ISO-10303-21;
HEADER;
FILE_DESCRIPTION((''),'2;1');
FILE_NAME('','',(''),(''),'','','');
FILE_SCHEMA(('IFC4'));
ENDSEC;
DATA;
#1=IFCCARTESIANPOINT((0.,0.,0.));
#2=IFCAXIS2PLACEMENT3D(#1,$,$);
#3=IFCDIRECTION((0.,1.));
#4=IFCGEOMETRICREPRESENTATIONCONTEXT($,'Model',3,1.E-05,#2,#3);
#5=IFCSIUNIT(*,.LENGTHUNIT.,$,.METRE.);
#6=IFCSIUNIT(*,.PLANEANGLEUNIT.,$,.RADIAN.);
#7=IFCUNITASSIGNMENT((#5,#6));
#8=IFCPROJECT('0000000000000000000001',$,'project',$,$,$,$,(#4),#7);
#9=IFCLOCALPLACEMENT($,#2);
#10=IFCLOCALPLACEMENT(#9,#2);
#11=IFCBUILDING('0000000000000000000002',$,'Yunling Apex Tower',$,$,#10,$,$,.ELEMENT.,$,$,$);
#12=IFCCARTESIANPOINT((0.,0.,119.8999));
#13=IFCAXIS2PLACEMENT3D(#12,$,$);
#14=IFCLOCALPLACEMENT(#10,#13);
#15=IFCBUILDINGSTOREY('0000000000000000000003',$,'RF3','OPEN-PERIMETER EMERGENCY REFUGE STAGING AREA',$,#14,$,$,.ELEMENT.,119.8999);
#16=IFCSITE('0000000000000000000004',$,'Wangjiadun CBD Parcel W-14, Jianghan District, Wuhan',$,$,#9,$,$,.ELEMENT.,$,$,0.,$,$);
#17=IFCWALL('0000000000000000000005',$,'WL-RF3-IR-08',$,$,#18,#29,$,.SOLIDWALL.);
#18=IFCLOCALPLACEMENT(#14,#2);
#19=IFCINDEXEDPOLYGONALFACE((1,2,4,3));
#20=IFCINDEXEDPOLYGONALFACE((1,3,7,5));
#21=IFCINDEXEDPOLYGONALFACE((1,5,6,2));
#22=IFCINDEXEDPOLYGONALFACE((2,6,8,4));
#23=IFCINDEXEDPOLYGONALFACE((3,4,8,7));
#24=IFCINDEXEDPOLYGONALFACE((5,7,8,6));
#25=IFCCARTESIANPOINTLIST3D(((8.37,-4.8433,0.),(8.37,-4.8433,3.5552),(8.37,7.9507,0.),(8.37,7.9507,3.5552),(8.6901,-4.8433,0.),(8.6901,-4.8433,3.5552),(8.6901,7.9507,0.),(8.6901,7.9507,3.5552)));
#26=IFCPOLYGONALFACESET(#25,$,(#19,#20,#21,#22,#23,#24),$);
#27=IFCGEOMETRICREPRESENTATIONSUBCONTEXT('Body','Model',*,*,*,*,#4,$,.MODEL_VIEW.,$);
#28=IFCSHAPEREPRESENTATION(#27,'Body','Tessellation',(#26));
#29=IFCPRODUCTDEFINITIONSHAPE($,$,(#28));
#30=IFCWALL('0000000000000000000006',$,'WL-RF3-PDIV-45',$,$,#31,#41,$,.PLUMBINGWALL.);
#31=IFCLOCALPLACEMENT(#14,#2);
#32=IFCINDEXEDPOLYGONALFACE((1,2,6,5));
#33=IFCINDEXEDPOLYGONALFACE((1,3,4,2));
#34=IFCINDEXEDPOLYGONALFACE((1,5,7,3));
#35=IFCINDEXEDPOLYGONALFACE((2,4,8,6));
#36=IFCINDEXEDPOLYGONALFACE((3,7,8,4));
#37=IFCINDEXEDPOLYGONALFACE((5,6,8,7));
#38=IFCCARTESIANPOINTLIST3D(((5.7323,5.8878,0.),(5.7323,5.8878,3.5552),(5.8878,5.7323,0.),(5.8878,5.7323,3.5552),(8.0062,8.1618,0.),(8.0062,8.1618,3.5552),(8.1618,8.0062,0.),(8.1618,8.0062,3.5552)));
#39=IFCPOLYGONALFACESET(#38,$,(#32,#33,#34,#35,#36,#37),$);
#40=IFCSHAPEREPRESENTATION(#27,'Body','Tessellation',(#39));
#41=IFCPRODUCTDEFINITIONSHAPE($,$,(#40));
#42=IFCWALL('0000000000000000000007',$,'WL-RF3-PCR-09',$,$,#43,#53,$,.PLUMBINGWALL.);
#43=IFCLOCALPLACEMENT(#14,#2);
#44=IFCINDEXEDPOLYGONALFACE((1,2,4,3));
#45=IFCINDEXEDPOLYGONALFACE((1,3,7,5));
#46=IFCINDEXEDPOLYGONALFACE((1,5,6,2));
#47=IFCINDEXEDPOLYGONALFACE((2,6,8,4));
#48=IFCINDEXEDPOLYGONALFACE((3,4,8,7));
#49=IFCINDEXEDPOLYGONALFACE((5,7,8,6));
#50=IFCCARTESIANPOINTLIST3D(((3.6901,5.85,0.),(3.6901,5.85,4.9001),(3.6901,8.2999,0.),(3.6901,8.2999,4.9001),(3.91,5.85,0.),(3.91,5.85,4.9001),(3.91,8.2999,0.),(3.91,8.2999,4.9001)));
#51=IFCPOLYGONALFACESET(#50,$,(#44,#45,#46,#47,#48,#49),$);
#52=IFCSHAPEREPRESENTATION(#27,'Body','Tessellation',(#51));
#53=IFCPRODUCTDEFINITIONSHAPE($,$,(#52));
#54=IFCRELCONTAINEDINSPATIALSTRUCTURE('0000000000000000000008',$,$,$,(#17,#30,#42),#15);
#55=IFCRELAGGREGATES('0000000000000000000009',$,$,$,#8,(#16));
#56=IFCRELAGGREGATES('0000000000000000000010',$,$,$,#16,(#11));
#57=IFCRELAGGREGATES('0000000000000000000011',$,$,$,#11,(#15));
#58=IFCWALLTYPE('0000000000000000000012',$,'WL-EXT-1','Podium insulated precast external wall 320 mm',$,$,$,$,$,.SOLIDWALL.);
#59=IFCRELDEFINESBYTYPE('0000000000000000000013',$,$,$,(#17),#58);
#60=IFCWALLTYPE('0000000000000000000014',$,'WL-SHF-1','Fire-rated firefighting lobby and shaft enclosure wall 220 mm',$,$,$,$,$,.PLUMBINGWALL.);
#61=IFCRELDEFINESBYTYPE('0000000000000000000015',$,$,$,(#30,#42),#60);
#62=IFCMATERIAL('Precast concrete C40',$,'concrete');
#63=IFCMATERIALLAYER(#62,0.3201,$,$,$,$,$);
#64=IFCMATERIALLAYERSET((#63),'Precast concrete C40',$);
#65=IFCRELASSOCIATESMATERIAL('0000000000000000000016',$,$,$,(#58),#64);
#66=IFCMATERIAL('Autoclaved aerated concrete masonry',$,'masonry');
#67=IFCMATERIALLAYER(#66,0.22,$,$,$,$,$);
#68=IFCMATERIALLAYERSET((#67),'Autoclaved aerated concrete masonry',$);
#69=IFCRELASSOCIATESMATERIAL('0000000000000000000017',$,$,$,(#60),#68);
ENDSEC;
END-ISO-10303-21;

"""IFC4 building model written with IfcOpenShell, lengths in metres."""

from ifc_helpers import new_model, si_unit, direction, frame, frame_2d, origin, place, context, subcontext, project, spatial, rectangle, extrude, material, layer, layer_set, type_object, element, save


model = new_model("IFC4")

# Units and contexts
model_context = context("Model", 3, precision=1e-05, world=origin(), true_north=direction((0.0, 1.0)))
body_context = subcontext(model_context, "Body", "Model", "MODEL_VIEW")
ifc_project = project(units=[si_unit("LENGTHUNIT", "METRE"), si_unit("PLANEANGLEUNIT", "RADIAN")], contexts=[model_context])

# Site, building, storey
site_placement = place(None, origin())
site = spatial("IfcSite", under=ifc_project, at=site_placement, Name="Wangjiadun CBD Parcel W-14, Jianghan District, Wuhan", CompositionType="ELEMENT", RefElevation=0.0)
building_placement = place(site_placement, origin())
building = spatial("IfcBuilding", under=site, at=building_placement, Name="Yunling Apex Tower", CompositionType="ELEMENT")
storey_placement = place(building_placement, frame((0.0, 0.0, 119.8999)))
storey = spatial("IfcBuildingStorey", under=building, at=storey_placement, Name="RF3", Description="OPEN-PERIMETER EMERGENCY REFUGE STAGING AREA", CompositionType="ELEMENT", Elevation=119.8999)

# Walls
ifc_material_1 = material(Name="Precast concrete C40", Category="concrete")
ifc_layer_1 = layer(ifc_material_1, 0.3201)
ifc_layer_set_1 = layer_set([ifc_layer_1], Name="Precast concrete C40")
wall_type_1 = type_object("IfcWallType", Name="WL-EXT-1", Description="Podium insulated precast external wall 320 mm", PredefinedType="SOLIDWALL", material=ifc_layer_set_1)
wall_1_placement = place(storey_placement, frame((8.53, 7.9507, 0.0), z_axis=(0.0, 0.0, 1.0), x_axis=(0.0, -1.0, 0.0)))
element("IfcWall", 1, at=wall_1_placement, inside=storey, type_object=wall_type_1, Name="WL-RF3-IR-08", PredefinedType="SOLIDWALL", context=body_context, shape_type="SweptSolid", body=[
    extrude(rectangle(XDim=12.7939, YDim=0.3201, at=frame_2d((6.397, 0.0))), origin(), (0.0, 0.0, 1.0), 3.5552),
])
ifc_material_2 = material(Name="Autoclaved aerated concrete masonry", Category="masonry")
ifc_layer_2 = layer(ifc_material_2, 0.22)
ifc_layer_set_2 = layer_set([ifc_layer_2], Name="Autoclaved aerated concrete masonry")
wall_type_2 = type_object("IfcWallType", Name="WL-SHF-1", Description="Fire-rated firefighting lobby and shaft enclosure wall 220 mm", PredefinedType="PLUMBINGWALL", material=ifc_layer_set_2)
wall_2_placement = place(storey_placement, frame((5.8101, 5.8101, 0.0), z_axis=(0.0, 0.0, 1.0), x_axis=(0.707107, 0.707107, 0.0)))
element("IfcWall", 2, at=wall_2_placement, inside=storey, type_object=wall_type_2, Name="WL-RF3-PDIV-45", PredefinedType="PLUMBINGWALL", context=body_context, shape_type="SweptSolid", body=[
    extrude(rectangle(XDim=3.2158, YDim=0.22, at=frame_2d((1.6079, 0.0))), origin(), (0.0, 0.0, 1.0), 3.5552),
])
wall_3_placement = place(storey_placement, frame((3.8, 8.3, 0.0), z_axis=(0.0, 0.0, 1.0), x_axis=(0.0, -1.0, 0.0)))
element("IfcWall", 3, at=wall_3_placement, inside=storey, type_object=wall_type_2, Name="WL-RF3-PCR-09", PredefinedType="PLUMBINGWALL", context=body_context, shape_type="SweptSolid", body=[
    extrude(rectangle(XDim=2.45, YDim=0.22, at=frame_2d((1.2251, 0.0))), origin(), (0.0, 0.0, 1.0), 4.9001),
])

save(model, "model.ifc")
